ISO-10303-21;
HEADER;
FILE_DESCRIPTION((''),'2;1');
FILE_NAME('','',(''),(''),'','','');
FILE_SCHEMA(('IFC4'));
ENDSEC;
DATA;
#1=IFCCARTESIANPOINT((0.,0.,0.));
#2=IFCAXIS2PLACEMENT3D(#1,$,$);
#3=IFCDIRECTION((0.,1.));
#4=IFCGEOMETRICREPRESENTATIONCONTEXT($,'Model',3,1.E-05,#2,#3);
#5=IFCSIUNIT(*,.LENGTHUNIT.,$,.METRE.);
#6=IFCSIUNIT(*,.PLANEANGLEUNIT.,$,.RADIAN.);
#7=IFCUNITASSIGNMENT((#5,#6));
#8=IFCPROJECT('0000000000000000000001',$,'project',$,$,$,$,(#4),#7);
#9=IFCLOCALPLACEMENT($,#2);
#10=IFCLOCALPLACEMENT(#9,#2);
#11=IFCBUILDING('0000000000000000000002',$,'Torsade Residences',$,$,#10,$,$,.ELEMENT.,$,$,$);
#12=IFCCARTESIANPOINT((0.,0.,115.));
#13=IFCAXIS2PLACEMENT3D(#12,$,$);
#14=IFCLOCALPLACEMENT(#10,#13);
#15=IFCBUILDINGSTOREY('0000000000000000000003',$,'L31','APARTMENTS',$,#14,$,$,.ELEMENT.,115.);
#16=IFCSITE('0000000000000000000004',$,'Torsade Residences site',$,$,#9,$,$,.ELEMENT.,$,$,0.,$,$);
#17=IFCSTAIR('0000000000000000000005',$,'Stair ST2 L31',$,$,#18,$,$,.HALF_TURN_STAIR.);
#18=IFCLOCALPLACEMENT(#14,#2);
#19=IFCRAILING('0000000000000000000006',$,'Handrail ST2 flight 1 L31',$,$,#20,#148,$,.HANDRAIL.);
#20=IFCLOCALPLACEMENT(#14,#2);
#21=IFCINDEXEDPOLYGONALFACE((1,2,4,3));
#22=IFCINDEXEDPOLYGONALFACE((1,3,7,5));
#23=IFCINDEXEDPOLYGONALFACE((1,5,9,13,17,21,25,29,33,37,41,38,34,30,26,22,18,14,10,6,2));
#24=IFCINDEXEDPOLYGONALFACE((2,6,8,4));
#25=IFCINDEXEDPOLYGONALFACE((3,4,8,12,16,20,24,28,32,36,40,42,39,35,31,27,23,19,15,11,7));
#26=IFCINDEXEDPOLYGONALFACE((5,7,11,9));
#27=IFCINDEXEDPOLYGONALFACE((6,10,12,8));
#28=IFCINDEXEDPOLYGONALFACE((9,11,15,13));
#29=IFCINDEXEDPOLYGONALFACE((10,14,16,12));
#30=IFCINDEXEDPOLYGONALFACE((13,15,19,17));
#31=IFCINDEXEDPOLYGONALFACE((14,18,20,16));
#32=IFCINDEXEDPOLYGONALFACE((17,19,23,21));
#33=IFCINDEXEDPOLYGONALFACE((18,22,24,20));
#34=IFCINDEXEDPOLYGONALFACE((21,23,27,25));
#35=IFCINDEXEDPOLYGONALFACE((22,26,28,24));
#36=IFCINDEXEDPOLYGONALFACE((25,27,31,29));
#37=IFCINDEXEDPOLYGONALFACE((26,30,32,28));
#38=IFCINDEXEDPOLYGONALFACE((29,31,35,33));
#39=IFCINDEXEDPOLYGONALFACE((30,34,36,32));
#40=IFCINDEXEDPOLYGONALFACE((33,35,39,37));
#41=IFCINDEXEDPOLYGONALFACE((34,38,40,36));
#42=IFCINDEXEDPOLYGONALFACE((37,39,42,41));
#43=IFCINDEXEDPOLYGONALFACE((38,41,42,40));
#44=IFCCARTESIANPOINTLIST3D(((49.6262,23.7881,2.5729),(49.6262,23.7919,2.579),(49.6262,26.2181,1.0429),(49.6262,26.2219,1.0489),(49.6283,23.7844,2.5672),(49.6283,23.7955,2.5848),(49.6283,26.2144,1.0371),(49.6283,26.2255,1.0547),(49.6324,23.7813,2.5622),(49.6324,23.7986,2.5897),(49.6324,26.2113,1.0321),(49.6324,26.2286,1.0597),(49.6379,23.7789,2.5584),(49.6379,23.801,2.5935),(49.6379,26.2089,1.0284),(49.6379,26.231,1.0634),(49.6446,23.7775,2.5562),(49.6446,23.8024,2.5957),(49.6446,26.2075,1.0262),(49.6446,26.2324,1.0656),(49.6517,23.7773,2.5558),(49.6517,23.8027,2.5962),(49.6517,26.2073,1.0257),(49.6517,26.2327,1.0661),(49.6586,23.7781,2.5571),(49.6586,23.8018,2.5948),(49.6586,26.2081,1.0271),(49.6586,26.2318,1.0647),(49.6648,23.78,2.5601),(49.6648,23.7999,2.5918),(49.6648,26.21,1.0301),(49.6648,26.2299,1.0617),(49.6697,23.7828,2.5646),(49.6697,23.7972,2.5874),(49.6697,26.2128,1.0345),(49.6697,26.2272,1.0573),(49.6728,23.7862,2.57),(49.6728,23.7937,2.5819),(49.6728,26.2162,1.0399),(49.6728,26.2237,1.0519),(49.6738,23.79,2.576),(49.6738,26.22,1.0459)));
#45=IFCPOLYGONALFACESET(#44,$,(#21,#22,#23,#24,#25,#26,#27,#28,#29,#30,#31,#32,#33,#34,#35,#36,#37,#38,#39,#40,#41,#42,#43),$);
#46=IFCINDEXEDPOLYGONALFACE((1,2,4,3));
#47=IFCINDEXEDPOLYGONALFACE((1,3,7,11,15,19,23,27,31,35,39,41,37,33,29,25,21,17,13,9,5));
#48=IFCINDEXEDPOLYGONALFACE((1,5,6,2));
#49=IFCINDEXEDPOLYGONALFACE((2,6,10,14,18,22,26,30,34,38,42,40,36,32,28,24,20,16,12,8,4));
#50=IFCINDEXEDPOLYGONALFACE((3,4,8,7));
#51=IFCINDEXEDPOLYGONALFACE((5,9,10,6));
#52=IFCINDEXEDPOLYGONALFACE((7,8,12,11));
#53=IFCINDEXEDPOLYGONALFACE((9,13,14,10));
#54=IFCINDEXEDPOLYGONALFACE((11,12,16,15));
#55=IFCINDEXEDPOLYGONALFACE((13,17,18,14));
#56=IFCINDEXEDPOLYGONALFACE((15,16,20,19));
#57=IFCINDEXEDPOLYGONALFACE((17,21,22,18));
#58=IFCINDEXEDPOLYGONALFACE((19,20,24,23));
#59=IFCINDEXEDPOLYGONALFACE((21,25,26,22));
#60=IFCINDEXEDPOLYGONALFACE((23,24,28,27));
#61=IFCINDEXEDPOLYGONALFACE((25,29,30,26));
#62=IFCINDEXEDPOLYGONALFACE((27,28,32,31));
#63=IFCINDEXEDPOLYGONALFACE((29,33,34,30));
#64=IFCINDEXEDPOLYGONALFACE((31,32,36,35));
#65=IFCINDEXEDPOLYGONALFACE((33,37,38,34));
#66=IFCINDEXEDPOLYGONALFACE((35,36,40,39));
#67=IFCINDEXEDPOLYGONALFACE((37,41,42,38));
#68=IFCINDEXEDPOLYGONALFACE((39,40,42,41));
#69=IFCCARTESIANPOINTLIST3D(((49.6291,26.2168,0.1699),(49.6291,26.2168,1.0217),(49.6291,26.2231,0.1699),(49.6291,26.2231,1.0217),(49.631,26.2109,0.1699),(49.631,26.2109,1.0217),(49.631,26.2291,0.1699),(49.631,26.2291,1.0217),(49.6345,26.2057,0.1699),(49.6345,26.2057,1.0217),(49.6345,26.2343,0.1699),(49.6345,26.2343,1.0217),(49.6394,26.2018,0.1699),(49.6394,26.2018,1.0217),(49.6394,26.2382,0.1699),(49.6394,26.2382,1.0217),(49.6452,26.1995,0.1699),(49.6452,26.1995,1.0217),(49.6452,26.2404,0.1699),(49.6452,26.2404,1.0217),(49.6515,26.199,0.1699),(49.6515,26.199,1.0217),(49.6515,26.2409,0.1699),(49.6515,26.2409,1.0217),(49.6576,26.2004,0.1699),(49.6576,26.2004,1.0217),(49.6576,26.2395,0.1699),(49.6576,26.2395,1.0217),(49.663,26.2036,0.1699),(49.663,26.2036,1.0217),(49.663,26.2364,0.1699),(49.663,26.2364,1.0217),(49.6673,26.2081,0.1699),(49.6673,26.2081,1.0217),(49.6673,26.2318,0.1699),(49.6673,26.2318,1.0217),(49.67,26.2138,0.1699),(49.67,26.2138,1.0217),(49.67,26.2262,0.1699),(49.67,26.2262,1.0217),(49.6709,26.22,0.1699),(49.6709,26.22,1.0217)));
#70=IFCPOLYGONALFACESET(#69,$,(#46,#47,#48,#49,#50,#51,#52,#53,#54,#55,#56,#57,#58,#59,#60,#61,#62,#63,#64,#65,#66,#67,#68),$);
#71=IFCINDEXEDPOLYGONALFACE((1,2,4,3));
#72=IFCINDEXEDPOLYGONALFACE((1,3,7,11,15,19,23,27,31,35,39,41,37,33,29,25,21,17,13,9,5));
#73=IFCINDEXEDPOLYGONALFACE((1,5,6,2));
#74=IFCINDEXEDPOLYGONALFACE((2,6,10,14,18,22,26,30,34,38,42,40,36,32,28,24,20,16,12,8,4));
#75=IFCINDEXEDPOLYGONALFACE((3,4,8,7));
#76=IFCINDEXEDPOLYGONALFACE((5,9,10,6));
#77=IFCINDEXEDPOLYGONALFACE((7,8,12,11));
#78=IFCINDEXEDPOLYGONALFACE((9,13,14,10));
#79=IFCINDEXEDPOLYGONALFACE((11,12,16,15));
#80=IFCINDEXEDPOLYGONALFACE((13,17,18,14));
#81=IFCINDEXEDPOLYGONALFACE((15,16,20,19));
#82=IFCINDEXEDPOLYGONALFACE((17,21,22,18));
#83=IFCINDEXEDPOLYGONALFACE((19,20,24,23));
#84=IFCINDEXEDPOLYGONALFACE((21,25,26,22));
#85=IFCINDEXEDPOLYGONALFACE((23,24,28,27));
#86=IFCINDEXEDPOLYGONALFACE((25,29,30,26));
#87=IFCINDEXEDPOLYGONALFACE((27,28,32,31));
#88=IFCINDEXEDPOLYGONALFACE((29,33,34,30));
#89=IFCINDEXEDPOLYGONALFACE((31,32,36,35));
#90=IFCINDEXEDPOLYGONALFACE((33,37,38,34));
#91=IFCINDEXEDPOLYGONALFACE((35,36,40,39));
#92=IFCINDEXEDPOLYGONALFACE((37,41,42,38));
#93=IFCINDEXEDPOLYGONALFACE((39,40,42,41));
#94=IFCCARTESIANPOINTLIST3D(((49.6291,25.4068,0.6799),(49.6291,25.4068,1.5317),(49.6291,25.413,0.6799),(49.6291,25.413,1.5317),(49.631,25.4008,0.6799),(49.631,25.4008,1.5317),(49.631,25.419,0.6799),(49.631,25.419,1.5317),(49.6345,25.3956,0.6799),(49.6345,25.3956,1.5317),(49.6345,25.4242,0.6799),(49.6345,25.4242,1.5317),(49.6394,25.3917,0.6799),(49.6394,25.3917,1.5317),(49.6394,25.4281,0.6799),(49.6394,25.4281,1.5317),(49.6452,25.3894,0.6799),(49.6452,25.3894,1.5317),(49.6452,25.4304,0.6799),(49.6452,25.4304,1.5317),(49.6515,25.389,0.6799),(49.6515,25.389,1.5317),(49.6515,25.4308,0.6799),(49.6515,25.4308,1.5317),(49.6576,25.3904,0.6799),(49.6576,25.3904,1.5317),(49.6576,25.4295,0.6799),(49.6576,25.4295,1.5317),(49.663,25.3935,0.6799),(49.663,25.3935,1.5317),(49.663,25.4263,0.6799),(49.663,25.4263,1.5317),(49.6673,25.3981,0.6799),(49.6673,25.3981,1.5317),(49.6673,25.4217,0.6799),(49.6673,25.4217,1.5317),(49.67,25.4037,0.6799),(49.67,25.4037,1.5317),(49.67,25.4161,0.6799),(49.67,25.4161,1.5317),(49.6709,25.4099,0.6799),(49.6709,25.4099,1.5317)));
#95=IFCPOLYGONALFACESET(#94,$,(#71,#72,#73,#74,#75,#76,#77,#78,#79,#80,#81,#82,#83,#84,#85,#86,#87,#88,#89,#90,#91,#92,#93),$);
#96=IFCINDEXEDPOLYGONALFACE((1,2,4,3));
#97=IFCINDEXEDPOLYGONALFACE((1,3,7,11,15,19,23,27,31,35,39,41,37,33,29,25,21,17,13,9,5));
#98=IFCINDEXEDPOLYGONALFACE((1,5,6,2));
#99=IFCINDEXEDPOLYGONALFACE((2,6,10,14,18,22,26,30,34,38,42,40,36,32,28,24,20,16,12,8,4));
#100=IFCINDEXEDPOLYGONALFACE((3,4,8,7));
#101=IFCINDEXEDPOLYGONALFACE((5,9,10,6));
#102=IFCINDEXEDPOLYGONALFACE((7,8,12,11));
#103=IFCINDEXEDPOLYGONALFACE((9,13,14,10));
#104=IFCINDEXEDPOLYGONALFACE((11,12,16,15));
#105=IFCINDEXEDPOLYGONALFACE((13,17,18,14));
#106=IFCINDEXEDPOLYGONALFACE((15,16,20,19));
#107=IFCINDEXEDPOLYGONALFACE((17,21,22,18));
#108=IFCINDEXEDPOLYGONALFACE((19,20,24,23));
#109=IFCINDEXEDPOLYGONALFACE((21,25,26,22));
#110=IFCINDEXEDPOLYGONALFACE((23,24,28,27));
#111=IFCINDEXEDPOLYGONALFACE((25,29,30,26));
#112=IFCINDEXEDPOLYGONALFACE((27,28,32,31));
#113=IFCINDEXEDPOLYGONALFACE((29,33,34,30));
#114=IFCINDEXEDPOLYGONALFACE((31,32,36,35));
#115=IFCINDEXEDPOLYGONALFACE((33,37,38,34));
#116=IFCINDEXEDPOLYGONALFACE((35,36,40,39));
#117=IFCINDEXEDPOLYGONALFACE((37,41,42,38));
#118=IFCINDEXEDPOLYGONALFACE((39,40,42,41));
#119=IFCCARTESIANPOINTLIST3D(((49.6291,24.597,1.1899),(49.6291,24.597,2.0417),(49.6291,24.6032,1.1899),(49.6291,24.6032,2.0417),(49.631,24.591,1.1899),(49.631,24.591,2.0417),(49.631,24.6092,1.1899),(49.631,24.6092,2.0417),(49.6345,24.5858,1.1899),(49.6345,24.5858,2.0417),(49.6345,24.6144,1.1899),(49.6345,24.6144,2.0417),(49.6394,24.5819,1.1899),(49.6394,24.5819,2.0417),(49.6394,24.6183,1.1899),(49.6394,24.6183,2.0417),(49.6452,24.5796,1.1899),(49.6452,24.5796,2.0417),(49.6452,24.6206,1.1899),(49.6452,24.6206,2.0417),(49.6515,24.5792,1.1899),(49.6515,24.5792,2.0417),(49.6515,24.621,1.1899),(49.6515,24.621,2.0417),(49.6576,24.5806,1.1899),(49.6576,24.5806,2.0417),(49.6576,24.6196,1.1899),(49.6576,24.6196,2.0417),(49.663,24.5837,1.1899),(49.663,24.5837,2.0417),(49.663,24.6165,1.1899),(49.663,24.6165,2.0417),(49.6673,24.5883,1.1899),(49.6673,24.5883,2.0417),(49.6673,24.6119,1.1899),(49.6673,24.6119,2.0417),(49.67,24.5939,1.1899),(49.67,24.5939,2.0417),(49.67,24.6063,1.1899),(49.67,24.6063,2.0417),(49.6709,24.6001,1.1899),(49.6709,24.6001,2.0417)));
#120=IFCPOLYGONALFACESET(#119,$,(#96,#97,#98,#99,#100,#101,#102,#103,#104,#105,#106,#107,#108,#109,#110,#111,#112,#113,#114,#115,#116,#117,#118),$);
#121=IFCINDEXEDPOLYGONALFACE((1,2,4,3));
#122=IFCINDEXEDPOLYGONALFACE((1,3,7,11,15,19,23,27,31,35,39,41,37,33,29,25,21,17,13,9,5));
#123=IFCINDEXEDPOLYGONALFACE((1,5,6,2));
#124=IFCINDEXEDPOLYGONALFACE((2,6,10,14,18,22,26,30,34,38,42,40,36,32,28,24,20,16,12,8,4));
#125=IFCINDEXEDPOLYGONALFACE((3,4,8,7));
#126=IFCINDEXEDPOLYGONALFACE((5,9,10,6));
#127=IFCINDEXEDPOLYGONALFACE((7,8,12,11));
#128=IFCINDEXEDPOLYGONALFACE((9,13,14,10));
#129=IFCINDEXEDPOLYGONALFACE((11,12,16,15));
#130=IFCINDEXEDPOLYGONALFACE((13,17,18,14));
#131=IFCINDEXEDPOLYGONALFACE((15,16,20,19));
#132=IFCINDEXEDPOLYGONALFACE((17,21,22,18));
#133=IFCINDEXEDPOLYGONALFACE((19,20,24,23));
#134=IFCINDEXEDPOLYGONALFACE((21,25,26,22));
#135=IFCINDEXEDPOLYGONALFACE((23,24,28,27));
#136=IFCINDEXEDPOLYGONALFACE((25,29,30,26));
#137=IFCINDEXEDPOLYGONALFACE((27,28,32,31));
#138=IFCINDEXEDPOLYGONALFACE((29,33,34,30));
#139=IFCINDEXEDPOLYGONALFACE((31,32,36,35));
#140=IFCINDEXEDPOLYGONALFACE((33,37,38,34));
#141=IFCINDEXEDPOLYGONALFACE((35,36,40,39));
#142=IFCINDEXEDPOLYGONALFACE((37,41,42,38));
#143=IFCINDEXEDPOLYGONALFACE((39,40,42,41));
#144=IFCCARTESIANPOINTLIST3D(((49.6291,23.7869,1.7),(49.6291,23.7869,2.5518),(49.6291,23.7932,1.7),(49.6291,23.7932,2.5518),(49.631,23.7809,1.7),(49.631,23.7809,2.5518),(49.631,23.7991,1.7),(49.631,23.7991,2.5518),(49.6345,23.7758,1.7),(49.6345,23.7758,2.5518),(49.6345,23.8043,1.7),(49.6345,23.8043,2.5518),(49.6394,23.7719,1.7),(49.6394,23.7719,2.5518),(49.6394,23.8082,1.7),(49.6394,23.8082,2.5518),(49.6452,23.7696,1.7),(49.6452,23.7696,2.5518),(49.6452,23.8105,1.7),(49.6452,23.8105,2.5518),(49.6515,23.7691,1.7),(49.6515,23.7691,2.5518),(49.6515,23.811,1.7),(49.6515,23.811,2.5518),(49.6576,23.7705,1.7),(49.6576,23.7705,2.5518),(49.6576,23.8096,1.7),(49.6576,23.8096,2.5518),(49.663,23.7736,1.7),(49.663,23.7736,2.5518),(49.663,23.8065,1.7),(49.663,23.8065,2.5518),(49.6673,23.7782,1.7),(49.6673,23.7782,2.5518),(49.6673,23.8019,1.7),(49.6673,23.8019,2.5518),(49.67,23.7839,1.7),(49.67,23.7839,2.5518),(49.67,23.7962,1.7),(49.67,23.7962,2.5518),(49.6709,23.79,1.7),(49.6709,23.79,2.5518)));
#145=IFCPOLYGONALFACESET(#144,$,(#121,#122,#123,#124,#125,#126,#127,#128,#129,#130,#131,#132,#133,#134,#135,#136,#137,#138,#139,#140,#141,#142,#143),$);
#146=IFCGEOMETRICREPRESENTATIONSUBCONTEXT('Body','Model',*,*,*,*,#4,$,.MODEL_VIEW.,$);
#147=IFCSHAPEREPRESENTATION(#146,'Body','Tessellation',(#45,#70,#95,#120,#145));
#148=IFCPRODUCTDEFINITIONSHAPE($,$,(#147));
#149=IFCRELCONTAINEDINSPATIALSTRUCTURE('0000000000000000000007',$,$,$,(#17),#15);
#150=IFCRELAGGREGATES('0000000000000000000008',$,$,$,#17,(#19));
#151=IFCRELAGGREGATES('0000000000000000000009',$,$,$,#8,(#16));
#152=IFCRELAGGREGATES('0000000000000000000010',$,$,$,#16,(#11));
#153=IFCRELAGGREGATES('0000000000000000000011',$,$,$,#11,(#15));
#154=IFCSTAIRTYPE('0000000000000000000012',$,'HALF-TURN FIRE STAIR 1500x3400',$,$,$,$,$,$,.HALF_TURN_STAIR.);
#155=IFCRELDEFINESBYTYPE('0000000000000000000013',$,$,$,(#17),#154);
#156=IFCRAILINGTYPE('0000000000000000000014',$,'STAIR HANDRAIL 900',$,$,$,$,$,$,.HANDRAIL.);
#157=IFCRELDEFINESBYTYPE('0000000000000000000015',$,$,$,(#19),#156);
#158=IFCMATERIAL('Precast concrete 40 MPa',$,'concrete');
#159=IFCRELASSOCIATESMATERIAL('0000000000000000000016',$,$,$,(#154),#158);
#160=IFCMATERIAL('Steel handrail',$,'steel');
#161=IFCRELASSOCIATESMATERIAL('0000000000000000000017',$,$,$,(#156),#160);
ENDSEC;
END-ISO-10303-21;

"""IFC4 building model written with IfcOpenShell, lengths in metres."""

from ifc_helpers import new_model, si_unit, direction, frame, origin, origin_2d, place, context, subcontext, project, spatial, circle, extrude, material, type_object, element, aggregate, save


model = new_model("IFC4")

# Units and contexts
model_context = context("Model", 3, precision=1e-05, world=origin(), true_north=direction((0.0, 1.0)))
body_context = subcontext(model_context, "Body", "Model", "MODEL_VIEW")
ifc_project = project(units=[si_unit("LENGTHUNIT", "METRE"), si_unit("PLANEANGLEUNIT", "RADIAN")], contexts=[model_context])

# Site, building, storey
site_placement = place(None, origin())
site = spatial("IfcSite", under=ifc_project, at=site_placement, Name="Torsade Residences site", CompositionType="ELEMENT", RefElevation=0.0)
building_placement = place(site_placement, origin())
building = spatial("IfcBuilding", under=site, at=building_placement, Name="Torsade Residences", CompositionType="ELEMENT")
storey_placement = place(building_placement, frame((0.0, 0.0, 115.0)))
storey = spatial("IfcBuildingStorey", under=building, at=storey_placement, Name="L31", Description="APARTMENTS", CompositionType="ELEMENT", Elevation=115.0)

# Stair, railing
ifc_material_1 = material(Name="Precast concrete 40 MPa", Category="concrete")
stair_type = type_object("IfcStairType", Name="HALF-TURN FIRE STAIR 1500x3400", PredefinedType="HALF_TURN_STAIR", material=ifc_material_1)
stair_placement = place(storey_placement, origin())
stair = element("IfcStair", 1, at=stair_placement, inside=storey, type_object=stair_type, Name="Stair ST2 L31", PredefinedType="HALF_TURN_STAIR")
ifc_material_2 = material(Name="Steel handrail", Category="steel")
railing_type = type_object("IfcRailingType", Name="STAIR HANDRAIL 900", PredefinedType="HANDRAIL", material=ifc_material_2)
railing_1_placement = place(storey_placement, frame((49.6499, 26.22, 0.1699)))
railing_1 = element("IfcRailing", 2, at=railing_1_placement, type_object=railing_type, Name="Handrail ST2 flight 1 L31", PredefinedType="HANDRAIL", context=body_context, shape_type="SweptSolid", body=[
    extrude(circle(Radius=0.0239, at=origin_2d()), frame((0.0, 0.0, 0.876), z_axis=(0.0, -0.846221, 0.532831), x_axis=(1.0, 0.0, 0.0)), (0.0, 0.0, 1.0), 2.8716),
    extrude(circle(Radius=0.021, at=origin_2d()), origin(), (0.0, 0.0, 1.0), 0.8518),
    extrude(circle(Radius=0.021, at=origin_2d()), frame((0.0, -0.8101, 0.51)), (0.0, 0.0, 1.0), 0.8518),
    extrude(circle(Radius=0.021, at=origin_2d()), frame((0.0, -1.6199, 1.02)), (0.0, 0.0, 1.0), 0.8518),
    extrude(circle(Radius=0.021, at=origin_2d()), frame((0.0, -2.4299, 1.53)), (0.0, 0.0, 1.0), 0.8518),
])
aggregate(stair, [railing_1])

save(model, "model.ifc")
